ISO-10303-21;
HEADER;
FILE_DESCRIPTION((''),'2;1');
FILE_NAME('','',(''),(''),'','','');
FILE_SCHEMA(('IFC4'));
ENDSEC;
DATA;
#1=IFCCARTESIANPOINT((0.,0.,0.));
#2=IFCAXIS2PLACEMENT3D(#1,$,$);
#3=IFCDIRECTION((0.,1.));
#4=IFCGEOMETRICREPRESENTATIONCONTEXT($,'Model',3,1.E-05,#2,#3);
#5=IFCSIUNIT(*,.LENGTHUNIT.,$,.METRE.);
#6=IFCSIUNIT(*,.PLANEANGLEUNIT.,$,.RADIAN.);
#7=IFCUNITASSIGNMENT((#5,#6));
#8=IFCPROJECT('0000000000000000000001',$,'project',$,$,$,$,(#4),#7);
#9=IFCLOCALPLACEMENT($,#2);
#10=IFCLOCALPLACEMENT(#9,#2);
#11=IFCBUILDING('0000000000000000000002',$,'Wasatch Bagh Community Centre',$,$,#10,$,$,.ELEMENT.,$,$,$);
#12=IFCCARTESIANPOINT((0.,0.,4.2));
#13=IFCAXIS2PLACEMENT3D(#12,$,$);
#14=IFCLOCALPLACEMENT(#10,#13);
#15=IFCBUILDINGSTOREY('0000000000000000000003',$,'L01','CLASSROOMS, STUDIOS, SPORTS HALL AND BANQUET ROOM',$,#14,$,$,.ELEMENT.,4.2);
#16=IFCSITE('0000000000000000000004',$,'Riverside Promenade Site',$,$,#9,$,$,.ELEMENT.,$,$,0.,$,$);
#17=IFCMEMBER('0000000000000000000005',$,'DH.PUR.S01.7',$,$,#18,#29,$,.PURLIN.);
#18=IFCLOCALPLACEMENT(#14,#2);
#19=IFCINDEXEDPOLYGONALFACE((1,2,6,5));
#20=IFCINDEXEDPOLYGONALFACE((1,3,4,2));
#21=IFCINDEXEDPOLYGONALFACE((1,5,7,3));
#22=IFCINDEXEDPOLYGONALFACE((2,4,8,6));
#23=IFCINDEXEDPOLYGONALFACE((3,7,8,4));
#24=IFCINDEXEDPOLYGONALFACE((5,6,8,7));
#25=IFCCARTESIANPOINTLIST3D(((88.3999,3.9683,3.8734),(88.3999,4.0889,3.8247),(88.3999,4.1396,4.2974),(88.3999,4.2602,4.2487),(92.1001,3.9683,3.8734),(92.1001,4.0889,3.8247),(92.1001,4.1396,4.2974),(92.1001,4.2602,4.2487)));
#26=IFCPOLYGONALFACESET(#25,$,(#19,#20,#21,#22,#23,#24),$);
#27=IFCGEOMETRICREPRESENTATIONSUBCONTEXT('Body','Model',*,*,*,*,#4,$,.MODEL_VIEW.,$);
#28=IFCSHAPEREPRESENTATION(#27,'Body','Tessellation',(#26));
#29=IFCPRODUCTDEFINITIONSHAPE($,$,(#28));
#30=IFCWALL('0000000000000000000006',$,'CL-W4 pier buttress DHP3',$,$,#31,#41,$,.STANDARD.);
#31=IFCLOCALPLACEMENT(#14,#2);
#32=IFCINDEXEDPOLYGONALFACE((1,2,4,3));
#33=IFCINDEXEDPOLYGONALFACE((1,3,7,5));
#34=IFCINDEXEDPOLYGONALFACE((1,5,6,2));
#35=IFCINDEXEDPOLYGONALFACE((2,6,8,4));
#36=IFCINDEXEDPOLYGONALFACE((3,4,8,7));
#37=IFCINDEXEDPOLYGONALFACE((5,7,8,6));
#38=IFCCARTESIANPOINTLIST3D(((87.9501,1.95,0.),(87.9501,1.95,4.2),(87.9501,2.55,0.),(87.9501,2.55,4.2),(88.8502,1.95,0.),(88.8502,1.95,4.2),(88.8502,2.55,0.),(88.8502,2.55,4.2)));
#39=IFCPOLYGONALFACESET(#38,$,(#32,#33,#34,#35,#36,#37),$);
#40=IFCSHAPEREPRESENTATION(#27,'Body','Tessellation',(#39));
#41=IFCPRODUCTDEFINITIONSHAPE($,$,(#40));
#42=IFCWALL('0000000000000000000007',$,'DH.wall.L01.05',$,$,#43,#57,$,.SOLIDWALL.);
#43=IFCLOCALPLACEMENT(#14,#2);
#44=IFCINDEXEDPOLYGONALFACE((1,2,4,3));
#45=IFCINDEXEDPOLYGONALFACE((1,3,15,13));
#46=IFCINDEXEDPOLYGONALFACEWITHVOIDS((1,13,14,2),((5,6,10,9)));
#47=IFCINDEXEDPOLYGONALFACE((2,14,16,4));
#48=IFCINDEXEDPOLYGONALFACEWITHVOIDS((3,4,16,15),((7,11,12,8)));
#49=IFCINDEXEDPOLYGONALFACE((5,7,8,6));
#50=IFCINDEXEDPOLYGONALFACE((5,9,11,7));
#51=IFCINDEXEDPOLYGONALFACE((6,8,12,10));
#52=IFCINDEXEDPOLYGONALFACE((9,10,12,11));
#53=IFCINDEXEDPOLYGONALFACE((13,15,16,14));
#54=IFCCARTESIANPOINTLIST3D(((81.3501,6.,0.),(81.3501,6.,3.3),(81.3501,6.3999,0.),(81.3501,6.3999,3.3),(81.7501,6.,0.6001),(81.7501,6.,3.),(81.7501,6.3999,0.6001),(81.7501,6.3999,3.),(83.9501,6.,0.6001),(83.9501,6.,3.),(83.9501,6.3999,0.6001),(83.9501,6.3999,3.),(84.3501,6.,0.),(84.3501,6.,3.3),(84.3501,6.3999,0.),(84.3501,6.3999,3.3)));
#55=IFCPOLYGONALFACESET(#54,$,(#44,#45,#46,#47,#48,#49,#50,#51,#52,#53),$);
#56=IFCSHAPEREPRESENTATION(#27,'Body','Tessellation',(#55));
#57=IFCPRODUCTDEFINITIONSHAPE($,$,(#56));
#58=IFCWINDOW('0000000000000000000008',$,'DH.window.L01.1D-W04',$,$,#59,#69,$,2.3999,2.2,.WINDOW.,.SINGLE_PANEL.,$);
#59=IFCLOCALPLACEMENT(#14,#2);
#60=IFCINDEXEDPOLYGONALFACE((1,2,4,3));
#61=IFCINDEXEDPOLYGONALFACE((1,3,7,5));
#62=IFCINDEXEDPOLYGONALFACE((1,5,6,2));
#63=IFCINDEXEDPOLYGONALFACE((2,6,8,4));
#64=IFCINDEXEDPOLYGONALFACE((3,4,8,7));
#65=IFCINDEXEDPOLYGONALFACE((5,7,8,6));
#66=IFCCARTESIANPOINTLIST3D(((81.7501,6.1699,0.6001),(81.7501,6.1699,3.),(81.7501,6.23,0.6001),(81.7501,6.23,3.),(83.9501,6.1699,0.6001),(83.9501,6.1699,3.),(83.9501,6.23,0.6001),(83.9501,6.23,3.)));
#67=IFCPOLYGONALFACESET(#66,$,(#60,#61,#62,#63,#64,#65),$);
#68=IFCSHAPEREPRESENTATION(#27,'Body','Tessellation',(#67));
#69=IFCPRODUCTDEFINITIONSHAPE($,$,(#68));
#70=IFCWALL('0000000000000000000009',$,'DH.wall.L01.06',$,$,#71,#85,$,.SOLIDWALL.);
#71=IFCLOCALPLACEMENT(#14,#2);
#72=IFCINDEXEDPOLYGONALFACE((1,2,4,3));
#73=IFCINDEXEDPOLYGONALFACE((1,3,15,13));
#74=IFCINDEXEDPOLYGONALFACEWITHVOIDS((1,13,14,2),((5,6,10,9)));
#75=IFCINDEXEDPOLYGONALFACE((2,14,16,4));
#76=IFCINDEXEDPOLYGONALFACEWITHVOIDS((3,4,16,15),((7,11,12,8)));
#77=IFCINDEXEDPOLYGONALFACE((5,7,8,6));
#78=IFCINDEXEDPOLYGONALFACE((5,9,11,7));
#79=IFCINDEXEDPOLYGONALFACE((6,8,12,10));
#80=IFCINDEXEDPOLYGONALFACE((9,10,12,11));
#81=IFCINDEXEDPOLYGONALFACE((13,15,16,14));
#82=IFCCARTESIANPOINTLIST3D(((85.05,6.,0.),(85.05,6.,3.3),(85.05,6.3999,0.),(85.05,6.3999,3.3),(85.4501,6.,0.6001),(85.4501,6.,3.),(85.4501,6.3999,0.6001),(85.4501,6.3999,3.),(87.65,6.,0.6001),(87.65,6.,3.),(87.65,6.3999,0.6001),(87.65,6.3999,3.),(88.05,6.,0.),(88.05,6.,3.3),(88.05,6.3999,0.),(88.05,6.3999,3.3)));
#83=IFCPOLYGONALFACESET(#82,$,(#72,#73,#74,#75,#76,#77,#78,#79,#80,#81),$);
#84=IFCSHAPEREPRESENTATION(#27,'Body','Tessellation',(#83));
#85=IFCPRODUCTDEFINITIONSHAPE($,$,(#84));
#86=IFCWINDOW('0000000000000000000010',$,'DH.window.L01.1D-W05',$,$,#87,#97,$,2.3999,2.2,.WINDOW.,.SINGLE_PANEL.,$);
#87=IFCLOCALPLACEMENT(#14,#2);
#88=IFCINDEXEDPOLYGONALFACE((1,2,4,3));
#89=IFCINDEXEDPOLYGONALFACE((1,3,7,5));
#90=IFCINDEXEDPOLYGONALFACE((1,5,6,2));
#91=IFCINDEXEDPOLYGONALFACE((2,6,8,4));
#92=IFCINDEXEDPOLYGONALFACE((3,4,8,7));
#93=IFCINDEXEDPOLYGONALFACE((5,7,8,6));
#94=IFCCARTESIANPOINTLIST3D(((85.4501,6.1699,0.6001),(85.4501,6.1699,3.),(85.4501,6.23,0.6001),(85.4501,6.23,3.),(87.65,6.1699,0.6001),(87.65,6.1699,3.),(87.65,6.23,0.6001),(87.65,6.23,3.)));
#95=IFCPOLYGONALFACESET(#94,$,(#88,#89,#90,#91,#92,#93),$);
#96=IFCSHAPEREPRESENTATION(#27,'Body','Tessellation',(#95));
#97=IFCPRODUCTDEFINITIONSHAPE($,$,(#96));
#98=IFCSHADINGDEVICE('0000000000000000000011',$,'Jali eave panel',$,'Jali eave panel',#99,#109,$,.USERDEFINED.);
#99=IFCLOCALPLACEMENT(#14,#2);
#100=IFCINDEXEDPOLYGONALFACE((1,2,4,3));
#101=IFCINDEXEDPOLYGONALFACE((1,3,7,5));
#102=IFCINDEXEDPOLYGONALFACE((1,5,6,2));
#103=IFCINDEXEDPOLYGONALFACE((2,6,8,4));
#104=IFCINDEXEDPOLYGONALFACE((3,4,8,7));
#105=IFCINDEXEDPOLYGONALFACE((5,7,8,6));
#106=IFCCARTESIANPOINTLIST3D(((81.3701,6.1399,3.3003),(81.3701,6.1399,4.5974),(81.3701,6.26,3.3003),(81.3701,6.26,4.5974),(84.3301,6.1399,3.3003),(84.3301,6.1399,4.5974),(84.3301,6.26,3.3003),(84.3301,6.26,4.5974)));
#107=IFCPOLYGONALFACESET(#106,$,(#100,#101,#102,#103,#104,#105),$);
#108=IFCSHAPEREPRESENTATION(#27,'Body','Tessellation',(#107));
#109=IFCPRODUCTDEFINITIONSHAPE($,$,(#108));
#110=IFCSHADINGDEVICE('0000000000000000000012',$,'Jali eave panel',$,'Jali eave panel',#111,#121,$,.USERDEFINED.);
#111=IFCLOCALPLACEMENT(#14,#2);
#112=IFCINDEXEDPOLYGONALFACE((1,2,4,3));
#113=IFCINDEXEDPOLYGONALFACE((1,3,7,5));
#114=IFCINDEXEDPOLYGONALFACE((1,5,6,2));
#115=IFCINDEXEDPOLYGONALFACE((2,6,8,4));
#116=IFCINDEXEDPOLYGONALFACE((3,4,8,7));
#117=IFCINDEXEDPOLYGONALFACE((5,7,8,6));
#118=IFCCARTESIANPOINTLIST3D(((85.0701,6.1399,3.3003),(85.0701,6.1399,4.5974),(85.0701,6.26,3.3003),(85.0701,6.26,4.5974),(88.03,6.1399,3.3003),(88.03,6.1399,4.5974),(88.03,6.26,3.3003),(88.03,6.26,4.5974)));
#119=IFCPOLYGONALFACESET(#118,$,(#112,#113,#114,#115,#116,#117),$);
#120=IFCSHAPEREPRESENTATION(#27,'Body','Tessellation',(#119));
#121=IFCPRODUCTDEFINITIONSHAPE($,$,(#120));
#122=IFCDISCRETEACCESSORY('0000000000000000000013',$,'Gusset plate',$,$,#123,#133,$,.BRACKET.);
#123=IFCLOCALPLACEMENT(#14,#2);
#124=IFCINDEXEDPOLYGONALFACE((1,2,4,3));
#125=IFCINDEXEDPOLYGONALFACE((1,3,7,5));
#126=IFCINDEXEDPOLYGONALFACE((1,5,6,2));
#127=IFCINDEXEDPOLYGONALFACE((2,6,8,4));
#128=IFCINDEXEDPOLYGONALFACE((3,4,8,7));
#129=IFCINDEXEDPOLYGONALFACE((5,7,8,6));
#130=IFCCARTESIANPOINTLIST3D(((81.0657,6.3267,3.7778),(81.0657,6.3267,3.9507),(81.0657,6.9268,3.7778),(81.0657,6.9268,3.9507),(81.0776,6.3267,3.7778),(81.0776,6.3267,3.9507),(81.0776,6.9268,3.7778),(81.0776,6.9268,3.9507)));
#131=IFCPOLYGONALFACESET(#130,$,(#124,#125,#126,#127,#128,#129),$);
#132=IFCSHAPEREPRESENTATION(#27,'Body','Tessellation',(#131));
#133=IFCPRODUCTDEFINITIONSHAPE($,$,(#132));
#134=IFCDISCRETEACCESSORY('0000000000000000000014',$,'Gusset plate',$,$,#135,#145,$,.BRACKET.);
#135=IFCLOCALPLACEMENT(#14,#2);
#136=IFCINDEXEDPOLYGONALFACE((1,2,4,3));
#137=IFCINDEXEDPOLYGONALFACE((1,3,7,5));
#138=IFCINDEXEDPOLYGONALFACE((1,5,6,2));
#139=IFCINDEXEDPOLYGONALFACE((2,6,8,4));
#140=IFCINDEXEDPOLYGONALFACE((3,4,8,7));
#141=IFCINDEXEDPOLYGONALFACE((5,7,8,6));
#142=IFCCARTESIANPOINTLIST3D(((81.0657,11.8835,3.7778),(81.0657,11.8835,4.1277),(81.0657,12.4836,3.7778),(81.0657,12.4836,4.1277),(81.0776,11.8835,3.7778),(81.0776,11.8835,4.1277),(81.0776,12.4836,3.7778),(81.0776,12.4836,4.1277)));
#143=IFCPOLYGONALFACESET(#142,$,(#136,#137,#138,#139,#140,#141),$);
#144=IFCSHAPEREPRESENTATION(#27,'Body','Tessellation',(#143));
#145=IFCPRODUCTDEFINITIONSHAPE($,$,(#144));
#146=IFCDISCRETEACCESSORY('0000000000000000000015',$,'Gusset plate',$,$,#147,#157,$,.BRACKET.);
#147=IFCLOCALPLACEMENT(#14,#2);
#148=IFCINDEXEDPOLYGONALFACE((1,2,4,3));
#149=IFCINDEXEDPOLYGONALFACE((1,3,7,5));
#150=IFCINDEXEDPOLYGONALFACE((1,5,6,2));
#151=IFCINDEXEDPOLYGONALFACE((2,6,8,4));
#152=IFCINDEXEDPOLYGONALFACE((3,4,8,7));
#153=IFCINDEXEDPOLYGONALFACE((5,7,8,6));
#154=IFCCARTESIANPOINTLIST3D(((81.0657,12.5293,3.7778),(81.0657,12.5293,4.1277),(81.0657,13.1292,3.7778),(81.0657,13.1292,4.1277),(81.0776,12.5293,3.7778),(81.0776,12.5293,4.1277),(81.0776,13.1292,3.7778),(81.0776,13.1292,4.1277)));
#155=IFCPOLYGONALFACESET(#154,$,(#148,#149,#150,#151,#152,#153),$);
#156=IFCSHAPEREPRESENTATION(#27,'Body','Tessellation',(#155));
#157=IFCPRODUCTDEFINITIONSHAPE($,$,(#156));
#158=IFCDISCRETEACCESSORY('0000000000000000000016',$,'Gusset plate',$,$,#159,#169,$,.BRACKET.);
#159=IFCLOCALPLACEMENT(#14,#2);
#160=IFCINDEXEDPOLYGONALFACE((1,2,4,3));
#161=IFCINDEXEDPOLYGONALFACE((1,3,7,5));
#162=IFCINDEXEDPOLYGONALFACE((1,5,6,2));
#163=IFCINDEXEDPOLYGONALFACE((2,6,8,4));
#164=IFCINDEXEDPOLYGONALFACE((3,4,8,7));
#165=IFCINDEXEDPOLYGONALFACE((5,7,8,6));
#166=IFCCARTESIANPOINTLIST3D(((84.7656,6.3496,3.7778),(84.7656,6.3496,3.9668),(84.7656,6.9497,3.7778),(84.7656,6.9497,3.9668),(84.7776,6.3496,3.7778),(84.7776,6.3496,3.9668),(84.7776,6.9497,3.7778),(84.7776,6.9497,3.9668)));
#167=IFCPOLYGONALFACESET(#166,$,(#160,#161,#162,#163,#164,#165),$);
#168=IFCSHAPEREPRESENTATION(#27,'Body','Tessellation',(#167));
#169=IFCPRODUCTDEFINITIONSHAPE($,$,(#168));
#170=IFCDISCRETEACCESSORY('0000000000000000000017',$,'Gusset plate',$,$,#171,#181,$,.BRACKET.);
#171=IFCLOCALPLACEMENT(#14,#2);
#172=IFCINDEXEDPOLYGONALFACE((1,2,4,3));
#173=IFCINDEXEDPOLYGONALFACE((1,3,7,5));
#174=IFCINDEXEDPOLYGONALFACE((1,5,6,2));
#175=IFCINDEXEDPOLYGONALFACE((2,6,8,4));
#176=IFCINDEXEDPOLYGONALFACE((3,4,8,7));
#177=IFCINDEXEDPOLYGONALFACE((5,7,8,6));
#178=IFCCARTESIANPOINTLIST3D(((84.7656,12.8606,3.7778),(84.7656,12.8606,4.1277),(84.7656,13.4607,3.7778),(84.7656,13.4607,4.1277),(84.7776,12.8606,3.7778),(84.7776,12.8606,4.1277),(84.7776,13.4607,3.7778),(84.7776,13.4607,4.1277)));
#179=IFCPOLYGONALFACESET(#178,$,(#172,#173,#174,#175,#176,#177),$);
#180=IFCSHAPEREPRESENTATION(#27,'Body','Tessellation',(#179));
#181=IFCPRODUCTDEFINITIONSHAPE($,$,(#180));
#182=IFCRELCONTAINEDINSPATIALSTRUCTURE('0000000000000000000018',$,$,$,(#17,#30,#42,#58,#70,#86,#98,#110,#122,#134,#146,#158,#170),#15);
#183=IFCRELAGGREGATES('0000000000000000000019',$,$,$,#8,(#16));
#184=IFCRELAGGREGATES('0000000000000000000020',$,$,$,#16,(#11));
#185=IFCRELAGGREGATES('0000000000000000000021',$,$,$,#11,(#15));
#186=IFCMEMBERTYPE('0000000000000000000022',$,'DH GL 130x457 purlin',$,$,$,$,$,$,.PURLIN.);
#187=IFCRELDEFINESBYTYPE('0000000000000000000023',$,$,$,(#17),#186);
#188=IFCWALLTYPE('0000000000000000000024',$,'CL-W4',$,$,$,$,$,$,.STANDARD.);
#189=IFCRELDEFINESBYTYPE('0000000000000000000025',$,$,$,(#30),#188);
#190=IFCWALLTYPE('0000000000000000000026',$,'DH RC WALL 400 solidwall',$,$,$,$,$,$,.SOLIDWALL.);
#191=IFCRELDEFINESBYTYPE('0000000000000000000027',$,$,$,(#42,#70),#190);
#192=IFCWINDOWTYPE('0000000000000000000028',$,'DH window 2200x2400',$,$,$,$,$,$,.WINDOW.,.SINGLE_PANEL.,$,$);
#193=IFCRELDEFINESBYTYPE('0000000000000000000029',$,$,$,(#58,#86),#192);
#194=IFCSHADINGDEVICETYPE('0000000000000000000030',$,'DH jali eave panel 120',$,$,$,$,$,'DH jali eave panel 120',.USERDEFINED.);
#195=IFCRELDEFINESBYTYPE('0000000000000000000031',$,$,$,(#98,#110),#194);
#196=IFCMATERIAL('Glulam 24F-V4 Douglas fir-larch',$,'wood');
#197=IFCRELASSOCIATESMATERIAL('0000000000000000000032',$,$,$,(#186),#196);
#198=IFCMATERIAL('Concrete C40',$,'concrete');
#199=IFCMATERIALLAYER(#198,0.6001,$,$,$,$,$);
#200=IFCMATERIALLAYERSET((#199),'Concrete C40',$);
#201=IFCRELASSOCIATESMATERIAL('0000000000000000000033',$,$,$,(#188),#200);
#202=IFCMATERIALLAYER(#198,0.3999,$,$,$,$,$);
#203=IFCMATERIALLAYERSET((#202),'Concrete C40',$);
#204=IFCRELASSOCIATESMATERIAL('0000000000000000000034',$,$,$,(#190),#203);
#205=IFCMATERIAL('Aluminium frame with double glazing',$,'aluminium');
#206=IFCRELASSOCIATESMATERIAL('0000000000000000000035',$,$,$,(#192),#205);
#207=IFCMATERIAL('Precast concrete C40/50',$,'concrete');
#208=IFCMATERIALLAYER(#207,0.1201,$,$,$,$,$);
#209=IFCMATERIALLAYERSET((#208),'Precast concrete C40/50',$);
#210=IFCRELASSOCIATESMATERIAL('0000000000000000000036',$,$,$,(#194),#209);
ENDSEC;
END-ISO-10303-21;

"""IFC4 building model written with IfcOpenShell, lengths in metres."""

from ifc_helpers import new_model, si_unit, direction, frame, frame_2d, origin, origin_2d, place, context, subcontext, project, spatial, polyline, rectangle, outline, extrude, material, layer, layer_set, material_profile, profile_set, type_object, element, fill, save


model = new_model("IFC4")

# Units and contexts
model_context = context("Model", 3, precision=1e-05, world=origin(), true_north=direction((0.0, 1.0)))
body_context = subcontext(model_context, "Body", "Model", "MODEL_VIEW")
ifc_project = project(units=[si_unit("LENGTHUNIT", "METRE"), si_unit("PLANEANGLEUNIT", "RADIAN")], contexts=[model_context])

# Site, building, storey
site_placement = place(None, origin())
site = spatial("IfcSite", under=ifc_project, at=site_placement, Name="Riverside Promenade Site", CompositionType="ELEMENT", RefElevation=0.0)
building_placement = place(site_placement, origin())
building = spatial("IfcBuilding", under=site, at=building_placement, Name="Wasatch Bagh Community Centre", CompositionType="ELEMENT")
storey_placement = place(building_placement, frame((0.0, 0.0, 4.2)))
storey = spatial("IfcBuildingStorey", under=building, at=storey_placement, Name="L01", Description="CLASSROOMS, STUDIOS, SPORTS HALL AND BANQUET ROOM", CompositionType="ELEMENT", Elevation=4.2)

# Shared definitions
ifc_material_1 = material(Name="Concrete C40", Category="concrete")

# Member
ifc_material_2 = material(Name="Glulam 24F-V4 Douglas fir-larch", Category="wood")
ifc_material_profile_1 = material_profile(ifc_material_2, rectangle(XDim=0.1301, YDim=0.4573, at=origin_2d()), Name="GL 130x457")
ifc_profile_set_1 = profile_set([ifc_material_profile_1], Name="Glulam 24F-V4 Douglas fir-larch")
member_type_1 = type_object("IfcMemberType", Name="DH GL 130x457 purlin", PredefinedType="PURLIN", material=ifc_profile_set_1)
member_1_placement = place(storey_placement, frame((88.3999, 4.1143, 4.061), z_axis=(1.0, 0.0, 0.0), x_axis=(0.0, 0.927184, -0.374607)))
element("IfcMember", 1, at=member_1_placement, inside=storey, type_object=member_type_1, Name="DH.PUR.S01.7", PredefinedType="PURLIN", context=body_context, shape_type="SweptSolid", body=[
    extrude(rectangle(XDim=0.1301, YDim=0.4573, at=origin_2d()), origin(), (0.0, 0.0, 1.0), 3.7002),
])

# Wall
ifc_layer_1 = layer(ifc_material_1, 0.6001)
ifc_layer_set_1 = layer_set([ifc_layer_1], Name="Concrete C40")
wall_type_1 = type_object("IfcWallType", Name="CL-W4", PredefinedType="STANDARD", material=ifc_layer_set_1)
wall_1_placement = place(storey_placement, frame((87.95, 2.25, 0.0), z_axis=(0.0, 0.0, 1.0), x_axis=(1.0, 0.0, 0.0)))
element("IfcWall", 2, at=wall_1_placement, inside=storey, type_object=wall_type_1, Name="CL-W4 pier buttress DHP3", PredefinedType="STANDARD", context=body_context, shape_type="SweptSolid", body=[
    extrude(rectangle(XDim=0.9001, YDim=0.6001, at=frame_2d((0.4502, 0.0))), origin(), (0.0, 0.0, 1.0), 4.2),
])

# Walls, openings, windows
ifc_layer_2 = layer(ifc_material_1, 0.3999)
ifc_layer_set_2 = layer_set([ifc_layer_2], Name="Concrete C40")
wall_type_2 = type_object("IfcWallType", Name="DH RC WALL 400 solidwall", PredefinedType="SOLIDWALL", material=ifc_layer_set_2)
wall_2_placement = place(storey_placement, frame((84.3501, 6.2, 0.0), z_axis=(0.0, 0.0, 1.0), x_axis=(-1.0, 0.0, 0.0)))
wall_2 = element("IfcWall", 3, at=wall_2_placement, inside=storey, type_object=wall_type_2, Name="DH.wall.L01.05", PredefinedType="SOLIDWALL", context=body_context, shape_type="SweptSolid", body=[
    extrude(rectangle(XDim=3.0, YDim=0.3999, at=frame_2d((1.5, 0.0))), origin(), (0.0, 0.0, 1.0), 3.3),
])
opening_1_placement = place(wall_2_placement, frame((0.3999, 0.0, 0.6001)))
opening_1 = element("IfcOpeningElement", 4, at=opening_1_placement, cuts=wall_2, PredefinedType="OPENING", context=body_context, shape_type="SweptSolid", body=[
    extrude(rectangle(XDim=2.2, YDim=2.3999, at=frame_2d((1.1001, 1.2))), frame((0.0, 0.21, 0.0), z_axis=(0.0, -1.0, 0.0), x_axis=(1.0, 0.0, 0.0)), (0.0, 0.0, 1.0), 0.4199),
])
ifc_material_3 = material(Name="Aluminium frame with double glazing", Category="aluminium")
window_type = type_object("IfcWindowType", Name="DH window 2200x2400", PartitioningType="SINGLE_PANEL", PredefinedType="WINDOW", material=ifc_material_3)
window_1_placement = place(opening_1_placement, origin())
window_1 = element("IfcWindow", 5, at=window_1_placement, inside=storey, type_object=window_type, Name="DH.window.L01.1D-W04", OverallHeight=2.3999, OverallWidth=2.2, PartitioningType="SINGLE_PANEL", PredefinedType="WINDOW", context=body_context, shape_type="SweptSolid", body=[
    extrude(rectangle(XDim=2.2, YDim=2.3999, at=frame_2d((1.1001, 1.2))), frame((0.0, 0.03, 0.0), z_axis=(0.0, -1.0, 0.0), x_axis=(1.0, 0.0, 0.0)), (0.0, 0.0, 1.0), 0.0601),
])
fill(opening_1, window_1)
wall_3_placement = place(storey_placement, frame((88.05, 6.2, 0.0), z_axis=(0.0, 0.0, 1.0), x_axis=(-1.0, 0.0, 0.0)))
wall_3 = element("IfcWall", 6, at=wall_3_placement, inside=storey, type_object=wall_type_2, Name="DH.wall.L01.06", PredefinedType="SOLIDWALL", context=body_context, shape_type="SweptSolid", body=[
    extrude(rectangle(XDim=3.0, YDim=0.3999, at=frame_2d((1.5, 0.0))), origin(), (0.0, 0.0, 1.0), 3.3),
])
opening_2_placement = place(wall_3_placement, frame((0.3999, 0.0, 0.6001)))
opening_2 = element("IfcOpeningElement", 7, at=opening_2_placement, cuts=wall_3, PredefinedType="OPENING", context=body_context, shape_type="SweptSolid", body=[
    extrude(rectangle(XDim=2.2, YDim=2.3999, at=frame_2d((1.1001, 1.2))), frame((0.0, 0.21, 0.0), z_axis=(0.0, -1.0, 0.0), x_axis=(1.0, 0.0, 0.0)), (0.0, 0.0, 1.0), 0.4199),
])
window_2_placement = place(opening_2_placement, origin())
window_2 = element("IfcWindow", 8, at=window_2_placement, inside=storey, type_object=window_type, Name="DH.window.L01.1D-W05", OverallHeight=2.3999, OverallWidth=2.2, PartitioningType="SINGLE_PANEL", PredefinedType="WINDOW", context=body_context, shape_type="SweptSolid", body=[
    extrude(rectangle(XDim=2.2, YDim=2.3999, at=frame_2d((1.1001, 1.2))), frame((0.0, 0.03, 0.0), z_axis=(0.0, -1.0, 0.0), x_axis=(1.0, 0.0, 0.0)), (0.0, 0.0, 1.0), 0.0601),
])
fill(opening_2, window_2)

# Shading devices
ifc_material_4 = material(Name="Precast concrete C40/50", Category="concrete")
ifc_layer_3 = layer(ifc_material_4, 0.1201)
ifc_layer_set_3 = layer_set([ifc_layer_3], Name="Precast concrete C40/50")
shading_device_type = type_object("IfcShadingDeviceType", Name="DH jali eave panel 120", ElementType="DH jali eave panel 120", PredefinedType="USERDEFINED", material=ifc_layer_set_3)
for number, where, z_axis, x_axis, name in (
    (9, (82.8501, 6.2, 3.3003), (0.0, 0.0, 1.0), (1.0, 0.0, 0.0), "Jali eave panel"),
    (10, (86.55, 6.2, 3.3003), (0.0, 0.0, 1.0), (1.0, 0.0, 0.0), "Jali eave panel"),
):
    element("IfcShadingDevice", number, at=place(storey_placement, frame(where, z_axis=z_axis, x_axis=x_axis)), inside=storey, type_object=shading_device_type, Name=name, ObjectType="Jali eave panel", PredefinedType="USERDEFINED", context=body_context, shape_type="SweptSolid", body=[
        extrude(rectangle(XDim=2.96, YDim=0.1201, at=origin_2d()), origin(), (0.0, 0.0, 1.0), 1.2971),
    ])

# Discrete accessories
discrete_accessory_1_placement = place(storey_placement, frame((81.0776, 6.3267, 3.7778), z_axis=(1.0, 0.0, 0.0), x_axis=(0.0, 1.0, 0.0)))
element("IfcDiscreteAccessory", 11, at=discrete_accessory_1_placement, inside=storey, Name="Gusset plate", PredefinedType="BRACKET", context=body_context, shape_type="SweptSolid", body=[
    extrude(outline(polyline([(0.0, 0.0), (0.6001, 0.0), (0.6001, 0.1729), (0.0, 0.1729), (0.0, 0.0)])), origin(), (0.0, 0.0, -1.0), 0.012),
])
discrete_accessory_2_placement = place(storey_placement, frame((81.0776, 11.8835, 3.7778), z_axis=(1.0, 0.0, 0.0), x_axis=(0.0, 1.0, 0.0)))
element("IfcDiscreteAccessory", 12, at=discrete_accessory_2_placement, inside=storey, Name="Gusset plate", PredefinedType="BRACKET", context=body_context, shape_type="SweptSolid", body=[
    extrude(outline(polyline([(0.0, 0.0), (0.6001, 0.0), (0.6001, 0.3499), (0.0, 0.3499), (0.0, 0.0)])), origin(), (0.0, 0.0, -1.0), 0.012),
])
discrete_accessory_3_placement = place(storey_placement, frame((81.0776, 12.5293, 3.7778), z_axis=(1.0, 0.0, 0.0), x_axis=(0.0, 1.0, 0.0)))
element("IfcDiscreteAccessory", 13, at=discrete_accessory_3_placement, inside=storey, Name="Gusset plate", PredefinedType="BRACKET", context=body_context, shape_type="SweptSolid", body=[
    extrude(outline(polyline([(0.0, 0.0), (0.5999, 0.0), (0.5999, 0.3499), (0.0, 0.3499), (0.0, 0.0)])), origin(), (0.0, 0.0, -1.0), 0.012),
])
discrete_accessory_4_placement = place(storey_placement, frame((84.7776, 6.3496, 3.7778), z_axis=(1.0, 0.0, 0.0), x_axis=(0.0, 1.0, 0.0)))
element("IfcDiscreteAccessory", 14, at=discrete_accessory_4_placement, inside=storey, Name="Gusset plate", PredefinedType="BRACKET", context=body_context, shape_type="SweptSolid", body=[
    extrude(outline(polyline([(0.0, 0.0), (0.6001, 0.0), (0.6001, 0.189), (0.0, 0.189), (0.0, 0.0)])), origin(), (0.0, 0.0, -1.0), 0.012),
])
discrete_accessory_5_placement = place(storey_placement, frame((84.7776, 12.8606, 3.7778), z_axis=(1.0, 0.0, 0.0), x_axis=(0.0, 1.0, 0.0)))
element("IfcDiscreteAccessory", 15, at=discrete_accessory_5_placement, inside=storey, Name="Gusset plate", PredefinedType="BRACKET", context=body_context, shape_type="SweptSolid", body=[
    extrude(outline(polyline([(0.0, 0.0), (0.6001, 0.0), (0.6001, 0.3499), (0.0, 0.3499), (0.0, 0.0)])), origin(), (0.0, 0.0, -1.0), 0.012),
])

save(model, "model.ifc")
